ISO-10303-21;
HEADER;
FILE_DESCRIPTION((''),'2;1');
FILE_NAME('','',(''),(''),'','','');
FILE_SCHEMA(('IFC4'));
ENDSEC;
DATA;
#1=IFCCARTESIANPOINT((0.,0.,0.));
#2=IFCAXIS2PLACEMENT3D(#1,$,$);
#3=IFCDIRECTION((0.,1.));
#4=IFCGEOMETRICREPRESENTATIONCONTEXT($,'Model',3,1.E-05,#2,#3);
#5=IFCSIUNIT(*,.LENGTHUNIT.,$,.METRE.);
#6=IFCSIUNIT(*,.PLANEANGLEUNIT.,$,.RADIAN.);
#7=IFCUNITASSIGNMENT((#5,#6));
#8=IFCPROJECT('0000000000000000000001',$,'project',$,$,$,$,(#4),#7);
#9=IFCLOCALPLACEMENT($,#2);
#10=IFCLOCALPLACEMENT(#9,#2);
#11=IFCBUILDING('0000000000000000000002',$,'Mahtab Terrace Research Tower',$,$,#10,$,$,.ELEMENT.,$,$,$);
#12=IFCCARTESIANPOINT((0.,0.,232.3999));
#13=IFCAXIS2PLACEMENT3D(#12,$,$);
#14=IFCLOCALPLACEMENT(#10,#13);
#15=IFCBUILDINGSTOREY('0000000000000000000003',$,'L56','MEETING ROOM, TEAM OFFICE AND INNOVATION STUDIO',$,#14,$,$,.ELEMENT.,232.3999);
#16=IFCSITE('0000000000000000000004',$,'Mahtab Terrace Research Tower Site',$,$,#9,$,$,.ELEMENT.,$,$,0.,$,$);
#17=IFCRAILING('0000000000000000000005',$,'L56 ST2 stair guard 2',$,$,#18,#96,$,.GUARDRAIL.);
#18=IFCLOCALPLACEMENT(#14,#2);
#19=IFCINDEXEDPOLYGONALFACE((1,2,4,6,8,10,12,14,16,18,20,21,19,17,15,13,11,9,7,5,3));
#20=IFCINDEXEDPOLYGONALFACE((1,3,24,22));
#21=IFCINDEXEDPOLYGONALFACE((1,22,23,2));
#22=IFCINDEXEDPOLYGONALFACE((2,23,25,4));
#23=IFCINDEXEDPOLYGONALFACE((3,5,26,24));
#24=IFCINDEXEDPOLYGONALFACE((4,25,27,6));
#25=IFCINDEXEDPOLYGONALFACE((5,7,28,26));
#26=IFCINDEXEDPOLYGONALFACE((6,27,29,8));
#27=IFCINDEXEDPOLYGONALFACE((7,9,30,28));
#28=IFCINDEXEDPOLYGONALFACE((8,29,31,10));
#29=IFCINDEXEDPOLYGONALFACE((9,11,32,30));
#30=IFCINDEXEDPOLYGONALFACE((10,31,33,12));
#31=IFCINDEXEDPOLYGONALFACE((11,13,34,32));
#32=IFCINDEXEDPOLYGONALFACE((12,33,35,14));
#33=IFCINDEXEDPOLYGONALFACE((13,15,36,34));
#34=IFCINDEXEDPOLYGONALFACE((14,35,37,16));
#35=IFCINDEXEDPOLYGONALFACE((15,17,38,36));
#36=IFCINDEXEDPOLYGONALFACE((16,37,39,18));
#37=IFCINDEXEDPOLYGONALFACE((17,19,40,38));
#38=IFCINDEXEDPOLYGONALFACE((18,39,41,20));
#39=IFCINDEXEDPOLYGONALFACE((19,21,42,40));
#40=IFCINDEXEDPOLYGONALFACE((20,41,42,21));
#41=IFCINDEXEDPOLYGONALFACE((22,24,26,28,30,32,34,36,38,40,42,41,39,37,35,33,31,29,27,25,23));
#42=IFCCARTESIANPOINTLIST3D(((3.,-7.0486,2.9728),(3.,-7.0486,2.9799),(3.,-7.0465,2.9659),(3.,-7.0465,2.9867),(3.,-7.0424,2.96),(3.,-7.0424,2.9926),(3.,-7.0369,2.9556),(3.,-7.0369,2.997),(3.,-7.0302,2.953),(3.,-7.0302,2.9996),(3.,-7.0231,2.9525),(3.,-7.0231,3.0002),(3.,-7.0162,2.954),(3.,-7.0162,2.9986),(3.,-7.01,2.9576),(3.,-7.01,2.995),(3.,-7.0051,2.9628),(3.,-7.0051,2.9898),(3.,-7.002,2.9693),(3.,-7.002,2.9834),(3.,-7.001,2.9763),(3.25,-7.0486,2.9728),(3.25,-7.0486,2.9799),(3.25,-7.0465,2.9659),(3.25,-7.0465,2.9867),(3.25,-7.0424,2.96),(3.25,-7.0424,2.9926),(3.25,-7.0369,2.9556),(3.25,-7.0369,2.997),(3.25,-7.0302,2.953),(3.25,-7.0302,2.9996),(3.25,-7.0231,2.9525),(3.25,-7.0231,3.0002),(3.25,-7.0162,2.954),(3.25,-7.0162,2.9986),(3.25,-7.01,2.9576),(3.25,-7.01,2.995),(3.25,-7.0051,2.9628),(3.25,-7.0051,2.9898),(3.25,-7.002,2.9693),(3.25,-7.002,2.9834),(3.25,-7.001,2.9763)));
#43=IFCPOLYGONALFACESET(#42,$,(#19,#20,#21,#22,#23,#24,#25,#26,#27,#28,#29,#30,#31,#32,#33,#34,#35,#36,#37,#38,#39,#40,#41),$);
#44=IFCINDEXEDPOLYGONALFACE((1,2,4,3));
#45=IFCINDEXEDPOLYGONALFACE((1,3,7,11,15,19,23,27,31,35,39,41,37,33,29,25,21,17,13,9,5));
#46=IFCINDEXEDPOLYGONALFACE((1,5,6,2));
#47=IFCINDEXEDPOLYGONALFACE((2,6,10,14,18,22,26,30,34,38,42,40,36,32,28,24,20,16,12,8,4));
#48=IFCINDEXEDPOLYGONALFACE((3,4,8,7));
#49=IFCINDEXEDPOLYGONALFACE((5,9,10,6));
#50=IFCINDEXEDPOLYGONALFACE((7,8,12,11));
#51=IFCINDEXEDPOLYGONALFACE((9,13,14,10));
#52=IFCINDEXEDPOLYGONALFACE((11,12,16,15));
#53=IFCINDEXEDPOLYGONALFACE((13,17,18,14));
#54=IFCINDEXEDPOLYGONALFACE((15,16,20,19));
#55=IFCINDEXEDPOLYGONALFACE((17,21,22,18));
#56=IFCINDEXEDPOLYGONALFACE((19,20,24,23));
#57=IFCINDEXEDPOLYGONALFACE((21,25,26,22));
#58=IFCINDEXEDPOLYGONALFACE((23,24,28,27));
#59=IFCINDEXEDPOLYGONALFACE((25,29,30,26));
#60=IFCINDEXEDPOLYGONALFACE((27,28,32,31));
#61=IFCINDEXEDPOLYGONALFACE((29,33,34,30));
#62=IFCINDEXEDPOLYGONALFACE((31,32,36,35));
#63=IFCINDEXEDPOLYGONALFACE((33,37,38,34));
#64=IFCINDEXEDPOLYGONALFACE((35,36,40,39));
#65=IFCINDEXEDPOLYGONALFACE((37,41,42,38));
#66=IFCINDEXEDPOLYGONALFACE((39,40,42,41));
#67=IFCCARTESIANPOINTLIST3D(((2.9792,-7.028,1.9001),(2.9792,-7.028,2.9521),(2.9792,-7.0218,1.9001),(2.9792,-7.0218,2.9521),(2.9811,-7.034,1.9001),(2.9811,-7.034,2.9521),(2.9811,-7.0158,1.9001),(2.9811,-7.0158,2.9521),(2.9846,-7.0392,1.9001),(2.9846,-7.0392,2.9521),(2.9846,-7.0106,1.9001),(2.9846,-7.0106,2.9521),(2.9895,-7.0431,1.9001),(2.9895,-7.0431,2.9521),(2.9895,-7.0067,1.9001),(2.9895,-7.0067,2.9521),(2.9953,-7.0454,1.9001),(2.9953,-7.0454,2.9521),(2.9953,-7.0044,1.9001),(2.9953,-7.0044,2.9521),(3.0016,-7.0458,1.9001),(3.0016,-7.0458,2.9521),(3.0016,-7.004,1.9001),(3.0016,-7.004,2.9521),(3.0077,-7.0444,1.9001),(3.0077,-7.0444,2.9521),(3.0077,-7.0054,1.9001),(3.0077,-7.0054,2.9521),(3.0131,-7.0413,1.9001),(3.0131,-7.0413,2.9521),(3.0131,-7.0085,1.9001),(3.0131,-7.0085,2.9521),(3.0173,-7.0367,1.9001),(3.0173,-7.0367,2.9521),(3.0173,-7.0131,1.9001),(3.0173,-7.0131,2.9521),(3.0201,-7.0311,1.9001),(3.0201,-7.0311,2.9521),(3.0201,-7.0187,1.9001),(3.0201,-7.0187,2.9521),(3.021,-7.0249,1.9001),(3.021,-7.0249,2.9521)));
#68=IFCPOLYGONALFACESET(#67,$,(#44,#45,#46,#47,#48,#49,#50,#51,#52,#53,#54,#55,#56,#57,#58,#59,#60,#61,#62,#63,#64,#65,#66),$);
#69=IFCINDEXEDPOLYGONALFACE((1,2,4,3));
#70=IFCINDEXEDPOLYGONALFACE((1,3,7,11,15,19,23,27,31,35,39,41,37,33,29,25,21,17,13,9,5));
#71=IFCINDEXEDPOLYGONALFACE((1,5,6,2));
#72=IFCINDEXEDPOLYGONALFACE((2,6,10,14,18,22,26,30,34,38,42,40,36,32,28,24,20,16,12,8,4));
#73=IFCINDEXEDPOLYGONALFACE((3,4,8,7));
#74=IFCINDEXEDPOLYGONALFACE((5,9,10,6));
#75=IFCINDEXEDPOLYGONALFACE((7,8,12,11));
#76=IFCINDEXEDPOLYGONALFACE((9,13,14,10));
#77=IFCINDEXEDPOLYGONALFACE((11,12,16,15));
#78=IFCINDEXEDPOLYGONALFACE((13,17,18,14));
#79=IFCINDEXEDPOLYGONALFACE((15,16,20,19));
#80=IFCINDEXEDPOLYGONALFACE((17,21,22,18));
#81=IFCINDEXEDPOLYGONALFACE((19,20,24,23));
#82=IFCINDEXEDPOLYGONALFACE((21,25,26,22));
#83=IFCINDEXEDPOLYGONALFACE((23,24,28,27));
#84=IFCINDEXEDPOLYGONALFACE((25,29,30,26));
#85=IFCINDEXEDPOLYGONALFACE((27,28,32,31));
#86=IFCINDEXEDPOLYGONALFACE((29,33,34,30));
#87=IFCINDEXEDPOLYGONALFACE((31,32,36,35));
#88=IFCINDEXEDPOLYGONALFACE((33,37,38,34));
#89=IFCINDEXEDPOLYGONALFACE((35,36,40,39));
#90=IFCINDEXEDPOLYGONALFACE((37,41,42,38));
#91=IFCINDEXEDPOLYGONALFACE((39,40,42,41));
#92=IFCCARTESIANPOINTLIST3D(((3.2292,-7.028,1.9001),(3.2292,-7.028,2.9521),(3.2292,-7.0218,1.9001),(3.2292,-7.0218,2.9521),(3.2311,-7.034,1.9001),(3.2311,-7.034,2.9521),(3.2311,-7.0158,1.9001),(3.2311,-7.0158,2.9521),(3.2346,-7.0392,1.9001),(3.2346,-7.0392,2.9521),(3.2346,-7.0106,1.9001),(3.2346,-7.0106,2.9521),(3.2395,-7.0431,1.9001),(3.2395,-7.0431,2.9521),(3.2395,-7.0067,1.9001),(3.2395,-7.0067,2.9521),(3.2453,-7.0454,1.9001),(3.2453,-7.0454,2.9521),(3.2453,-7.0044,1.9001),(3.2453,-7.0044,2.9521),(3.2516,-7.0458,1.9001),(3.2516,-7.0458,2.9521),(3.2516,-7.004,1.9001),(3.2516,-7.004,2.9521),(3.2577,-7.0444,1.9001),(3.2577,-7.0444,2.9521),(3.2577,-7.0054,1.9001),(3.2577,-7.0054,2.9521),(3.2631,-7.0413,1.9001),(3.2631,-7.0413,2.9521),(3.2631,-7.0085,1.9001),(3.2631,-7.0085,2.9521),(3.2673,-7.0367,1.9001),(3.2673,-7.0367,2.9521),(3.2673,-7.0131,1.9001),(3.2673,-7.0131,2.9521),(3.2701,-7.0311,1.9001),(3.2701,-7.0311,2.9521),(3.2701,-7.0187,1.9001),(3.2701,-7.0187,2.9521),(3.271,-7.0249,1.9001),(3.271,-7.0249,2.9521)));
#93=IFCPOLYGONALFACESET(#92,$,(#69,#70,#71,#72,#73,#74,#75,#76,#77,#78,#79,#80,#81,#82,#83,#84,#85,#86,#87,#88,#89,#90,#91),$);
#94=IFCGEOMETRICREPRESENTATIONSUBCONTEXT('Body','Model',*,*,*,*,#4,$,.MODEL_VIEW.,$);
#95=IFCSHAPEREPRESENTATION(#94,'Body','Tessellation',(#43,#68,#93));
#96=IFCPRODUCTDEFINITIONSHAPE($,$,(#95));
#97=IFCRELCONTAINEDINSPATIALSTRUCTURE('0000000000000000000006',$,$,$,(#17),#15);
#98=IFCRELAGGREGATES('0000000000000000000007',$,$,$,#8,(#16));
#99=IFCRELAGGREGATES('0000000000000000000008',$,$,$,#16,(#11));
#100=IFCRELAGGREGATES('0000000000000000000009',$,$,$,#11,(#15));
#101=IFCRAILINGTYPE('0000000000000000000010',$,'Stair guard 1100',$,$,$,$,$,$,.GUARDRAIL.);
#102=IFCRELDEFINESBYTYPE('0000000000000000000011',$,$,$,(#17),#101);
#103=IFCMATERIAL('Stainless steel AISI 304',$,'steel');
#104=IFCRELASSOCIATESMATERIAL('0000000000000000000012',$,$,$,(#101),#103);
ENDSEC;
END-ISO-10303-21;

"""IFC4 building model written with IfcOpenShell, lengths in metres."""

from ifc_helpers import new_model, si_unit, direction, frame, origin, origin_2d, place, context, subcontext, project, spatial, circle, extrude, material, type_object, element, save


model = new_model("IFC4")

# Units and contexts
model_context = context("Model", 3, precision=1e-05, world=origin(), true_north=direction((0.0, 1.0)))
body_context = subcontext(model_context, "Body", "Model", "MODEL_VIEW")
ifc_project = project(units=[si_unit("LENGTHUNIT", "METRE"), si_unit("PLANEANGLEUNIT", "RADIAN")], contexts=[model_context])

# Site, building, storey
site_placement = place(None, origin())
site = spatial("IfcSite", under=ifc_project, at=site_placement, Name="Mahtab Terrace Research Tower Site", CompositionType="ELEMENT", RefElevation=0.0)
building_placement = place(site_placement, origin())
building = spatial("IfcBuilding", under=site, at=building_placement, Name="Mahtab Terrace Research Tower", CompositionType="ELEMENT")
storey_placement = place(building_placement, frame((0.0, 0.0, 232.3999)))
storey = spatial("IfcBuildingStorey", under=building, at=storey_placement, Name="L56", Description="MEETING ROOM, TEAM OFFICE AND INNOVATION STUDIO", CompositionType="ELEMENT", Elevation=232.3999)

# Railing
ifc_material_1 = material(Name="Stainless steel AISI 304", Category="steel")
railing_type_1 = type_object("IfcRailingType", Name="Stair guard 1100", PredefinedType="GUARDRAIL", material=ifc_material_1)
railing_1_placement = place(storey_placement, frame((3.0, -7.0249, 1.9001)))
element("IfcRailing", 1, at=railing_1_placement, inside=storey, type_object=railing_type_1, Name="L56 ST2 stair guard 2", PredefinedType="GUARDRAIL", context=body_context, shape_type="SweptSolid", body=[
    extrude(circle(Radius=0.0239, at=origin_2d()), frame((0.0, 0.0, 1.0762), z_axis=(1.0, 0.0, 0.0), x_axis=(0.0, 1.0, 0.0)), (0.0, 0.0, 1.0), 0.25),
    extrude(circle(Radius=0.021, at=origin_2d()), origin(), (0.0, 0.0, 1.0), 1.052),
    extrude(circle(Radius=0.021, at=origin_2d()), frame((0.25, 0.0, 0.0)), (0.0, 0.0, 1.0), 1.052),
])

save(model, "model.ifc")
